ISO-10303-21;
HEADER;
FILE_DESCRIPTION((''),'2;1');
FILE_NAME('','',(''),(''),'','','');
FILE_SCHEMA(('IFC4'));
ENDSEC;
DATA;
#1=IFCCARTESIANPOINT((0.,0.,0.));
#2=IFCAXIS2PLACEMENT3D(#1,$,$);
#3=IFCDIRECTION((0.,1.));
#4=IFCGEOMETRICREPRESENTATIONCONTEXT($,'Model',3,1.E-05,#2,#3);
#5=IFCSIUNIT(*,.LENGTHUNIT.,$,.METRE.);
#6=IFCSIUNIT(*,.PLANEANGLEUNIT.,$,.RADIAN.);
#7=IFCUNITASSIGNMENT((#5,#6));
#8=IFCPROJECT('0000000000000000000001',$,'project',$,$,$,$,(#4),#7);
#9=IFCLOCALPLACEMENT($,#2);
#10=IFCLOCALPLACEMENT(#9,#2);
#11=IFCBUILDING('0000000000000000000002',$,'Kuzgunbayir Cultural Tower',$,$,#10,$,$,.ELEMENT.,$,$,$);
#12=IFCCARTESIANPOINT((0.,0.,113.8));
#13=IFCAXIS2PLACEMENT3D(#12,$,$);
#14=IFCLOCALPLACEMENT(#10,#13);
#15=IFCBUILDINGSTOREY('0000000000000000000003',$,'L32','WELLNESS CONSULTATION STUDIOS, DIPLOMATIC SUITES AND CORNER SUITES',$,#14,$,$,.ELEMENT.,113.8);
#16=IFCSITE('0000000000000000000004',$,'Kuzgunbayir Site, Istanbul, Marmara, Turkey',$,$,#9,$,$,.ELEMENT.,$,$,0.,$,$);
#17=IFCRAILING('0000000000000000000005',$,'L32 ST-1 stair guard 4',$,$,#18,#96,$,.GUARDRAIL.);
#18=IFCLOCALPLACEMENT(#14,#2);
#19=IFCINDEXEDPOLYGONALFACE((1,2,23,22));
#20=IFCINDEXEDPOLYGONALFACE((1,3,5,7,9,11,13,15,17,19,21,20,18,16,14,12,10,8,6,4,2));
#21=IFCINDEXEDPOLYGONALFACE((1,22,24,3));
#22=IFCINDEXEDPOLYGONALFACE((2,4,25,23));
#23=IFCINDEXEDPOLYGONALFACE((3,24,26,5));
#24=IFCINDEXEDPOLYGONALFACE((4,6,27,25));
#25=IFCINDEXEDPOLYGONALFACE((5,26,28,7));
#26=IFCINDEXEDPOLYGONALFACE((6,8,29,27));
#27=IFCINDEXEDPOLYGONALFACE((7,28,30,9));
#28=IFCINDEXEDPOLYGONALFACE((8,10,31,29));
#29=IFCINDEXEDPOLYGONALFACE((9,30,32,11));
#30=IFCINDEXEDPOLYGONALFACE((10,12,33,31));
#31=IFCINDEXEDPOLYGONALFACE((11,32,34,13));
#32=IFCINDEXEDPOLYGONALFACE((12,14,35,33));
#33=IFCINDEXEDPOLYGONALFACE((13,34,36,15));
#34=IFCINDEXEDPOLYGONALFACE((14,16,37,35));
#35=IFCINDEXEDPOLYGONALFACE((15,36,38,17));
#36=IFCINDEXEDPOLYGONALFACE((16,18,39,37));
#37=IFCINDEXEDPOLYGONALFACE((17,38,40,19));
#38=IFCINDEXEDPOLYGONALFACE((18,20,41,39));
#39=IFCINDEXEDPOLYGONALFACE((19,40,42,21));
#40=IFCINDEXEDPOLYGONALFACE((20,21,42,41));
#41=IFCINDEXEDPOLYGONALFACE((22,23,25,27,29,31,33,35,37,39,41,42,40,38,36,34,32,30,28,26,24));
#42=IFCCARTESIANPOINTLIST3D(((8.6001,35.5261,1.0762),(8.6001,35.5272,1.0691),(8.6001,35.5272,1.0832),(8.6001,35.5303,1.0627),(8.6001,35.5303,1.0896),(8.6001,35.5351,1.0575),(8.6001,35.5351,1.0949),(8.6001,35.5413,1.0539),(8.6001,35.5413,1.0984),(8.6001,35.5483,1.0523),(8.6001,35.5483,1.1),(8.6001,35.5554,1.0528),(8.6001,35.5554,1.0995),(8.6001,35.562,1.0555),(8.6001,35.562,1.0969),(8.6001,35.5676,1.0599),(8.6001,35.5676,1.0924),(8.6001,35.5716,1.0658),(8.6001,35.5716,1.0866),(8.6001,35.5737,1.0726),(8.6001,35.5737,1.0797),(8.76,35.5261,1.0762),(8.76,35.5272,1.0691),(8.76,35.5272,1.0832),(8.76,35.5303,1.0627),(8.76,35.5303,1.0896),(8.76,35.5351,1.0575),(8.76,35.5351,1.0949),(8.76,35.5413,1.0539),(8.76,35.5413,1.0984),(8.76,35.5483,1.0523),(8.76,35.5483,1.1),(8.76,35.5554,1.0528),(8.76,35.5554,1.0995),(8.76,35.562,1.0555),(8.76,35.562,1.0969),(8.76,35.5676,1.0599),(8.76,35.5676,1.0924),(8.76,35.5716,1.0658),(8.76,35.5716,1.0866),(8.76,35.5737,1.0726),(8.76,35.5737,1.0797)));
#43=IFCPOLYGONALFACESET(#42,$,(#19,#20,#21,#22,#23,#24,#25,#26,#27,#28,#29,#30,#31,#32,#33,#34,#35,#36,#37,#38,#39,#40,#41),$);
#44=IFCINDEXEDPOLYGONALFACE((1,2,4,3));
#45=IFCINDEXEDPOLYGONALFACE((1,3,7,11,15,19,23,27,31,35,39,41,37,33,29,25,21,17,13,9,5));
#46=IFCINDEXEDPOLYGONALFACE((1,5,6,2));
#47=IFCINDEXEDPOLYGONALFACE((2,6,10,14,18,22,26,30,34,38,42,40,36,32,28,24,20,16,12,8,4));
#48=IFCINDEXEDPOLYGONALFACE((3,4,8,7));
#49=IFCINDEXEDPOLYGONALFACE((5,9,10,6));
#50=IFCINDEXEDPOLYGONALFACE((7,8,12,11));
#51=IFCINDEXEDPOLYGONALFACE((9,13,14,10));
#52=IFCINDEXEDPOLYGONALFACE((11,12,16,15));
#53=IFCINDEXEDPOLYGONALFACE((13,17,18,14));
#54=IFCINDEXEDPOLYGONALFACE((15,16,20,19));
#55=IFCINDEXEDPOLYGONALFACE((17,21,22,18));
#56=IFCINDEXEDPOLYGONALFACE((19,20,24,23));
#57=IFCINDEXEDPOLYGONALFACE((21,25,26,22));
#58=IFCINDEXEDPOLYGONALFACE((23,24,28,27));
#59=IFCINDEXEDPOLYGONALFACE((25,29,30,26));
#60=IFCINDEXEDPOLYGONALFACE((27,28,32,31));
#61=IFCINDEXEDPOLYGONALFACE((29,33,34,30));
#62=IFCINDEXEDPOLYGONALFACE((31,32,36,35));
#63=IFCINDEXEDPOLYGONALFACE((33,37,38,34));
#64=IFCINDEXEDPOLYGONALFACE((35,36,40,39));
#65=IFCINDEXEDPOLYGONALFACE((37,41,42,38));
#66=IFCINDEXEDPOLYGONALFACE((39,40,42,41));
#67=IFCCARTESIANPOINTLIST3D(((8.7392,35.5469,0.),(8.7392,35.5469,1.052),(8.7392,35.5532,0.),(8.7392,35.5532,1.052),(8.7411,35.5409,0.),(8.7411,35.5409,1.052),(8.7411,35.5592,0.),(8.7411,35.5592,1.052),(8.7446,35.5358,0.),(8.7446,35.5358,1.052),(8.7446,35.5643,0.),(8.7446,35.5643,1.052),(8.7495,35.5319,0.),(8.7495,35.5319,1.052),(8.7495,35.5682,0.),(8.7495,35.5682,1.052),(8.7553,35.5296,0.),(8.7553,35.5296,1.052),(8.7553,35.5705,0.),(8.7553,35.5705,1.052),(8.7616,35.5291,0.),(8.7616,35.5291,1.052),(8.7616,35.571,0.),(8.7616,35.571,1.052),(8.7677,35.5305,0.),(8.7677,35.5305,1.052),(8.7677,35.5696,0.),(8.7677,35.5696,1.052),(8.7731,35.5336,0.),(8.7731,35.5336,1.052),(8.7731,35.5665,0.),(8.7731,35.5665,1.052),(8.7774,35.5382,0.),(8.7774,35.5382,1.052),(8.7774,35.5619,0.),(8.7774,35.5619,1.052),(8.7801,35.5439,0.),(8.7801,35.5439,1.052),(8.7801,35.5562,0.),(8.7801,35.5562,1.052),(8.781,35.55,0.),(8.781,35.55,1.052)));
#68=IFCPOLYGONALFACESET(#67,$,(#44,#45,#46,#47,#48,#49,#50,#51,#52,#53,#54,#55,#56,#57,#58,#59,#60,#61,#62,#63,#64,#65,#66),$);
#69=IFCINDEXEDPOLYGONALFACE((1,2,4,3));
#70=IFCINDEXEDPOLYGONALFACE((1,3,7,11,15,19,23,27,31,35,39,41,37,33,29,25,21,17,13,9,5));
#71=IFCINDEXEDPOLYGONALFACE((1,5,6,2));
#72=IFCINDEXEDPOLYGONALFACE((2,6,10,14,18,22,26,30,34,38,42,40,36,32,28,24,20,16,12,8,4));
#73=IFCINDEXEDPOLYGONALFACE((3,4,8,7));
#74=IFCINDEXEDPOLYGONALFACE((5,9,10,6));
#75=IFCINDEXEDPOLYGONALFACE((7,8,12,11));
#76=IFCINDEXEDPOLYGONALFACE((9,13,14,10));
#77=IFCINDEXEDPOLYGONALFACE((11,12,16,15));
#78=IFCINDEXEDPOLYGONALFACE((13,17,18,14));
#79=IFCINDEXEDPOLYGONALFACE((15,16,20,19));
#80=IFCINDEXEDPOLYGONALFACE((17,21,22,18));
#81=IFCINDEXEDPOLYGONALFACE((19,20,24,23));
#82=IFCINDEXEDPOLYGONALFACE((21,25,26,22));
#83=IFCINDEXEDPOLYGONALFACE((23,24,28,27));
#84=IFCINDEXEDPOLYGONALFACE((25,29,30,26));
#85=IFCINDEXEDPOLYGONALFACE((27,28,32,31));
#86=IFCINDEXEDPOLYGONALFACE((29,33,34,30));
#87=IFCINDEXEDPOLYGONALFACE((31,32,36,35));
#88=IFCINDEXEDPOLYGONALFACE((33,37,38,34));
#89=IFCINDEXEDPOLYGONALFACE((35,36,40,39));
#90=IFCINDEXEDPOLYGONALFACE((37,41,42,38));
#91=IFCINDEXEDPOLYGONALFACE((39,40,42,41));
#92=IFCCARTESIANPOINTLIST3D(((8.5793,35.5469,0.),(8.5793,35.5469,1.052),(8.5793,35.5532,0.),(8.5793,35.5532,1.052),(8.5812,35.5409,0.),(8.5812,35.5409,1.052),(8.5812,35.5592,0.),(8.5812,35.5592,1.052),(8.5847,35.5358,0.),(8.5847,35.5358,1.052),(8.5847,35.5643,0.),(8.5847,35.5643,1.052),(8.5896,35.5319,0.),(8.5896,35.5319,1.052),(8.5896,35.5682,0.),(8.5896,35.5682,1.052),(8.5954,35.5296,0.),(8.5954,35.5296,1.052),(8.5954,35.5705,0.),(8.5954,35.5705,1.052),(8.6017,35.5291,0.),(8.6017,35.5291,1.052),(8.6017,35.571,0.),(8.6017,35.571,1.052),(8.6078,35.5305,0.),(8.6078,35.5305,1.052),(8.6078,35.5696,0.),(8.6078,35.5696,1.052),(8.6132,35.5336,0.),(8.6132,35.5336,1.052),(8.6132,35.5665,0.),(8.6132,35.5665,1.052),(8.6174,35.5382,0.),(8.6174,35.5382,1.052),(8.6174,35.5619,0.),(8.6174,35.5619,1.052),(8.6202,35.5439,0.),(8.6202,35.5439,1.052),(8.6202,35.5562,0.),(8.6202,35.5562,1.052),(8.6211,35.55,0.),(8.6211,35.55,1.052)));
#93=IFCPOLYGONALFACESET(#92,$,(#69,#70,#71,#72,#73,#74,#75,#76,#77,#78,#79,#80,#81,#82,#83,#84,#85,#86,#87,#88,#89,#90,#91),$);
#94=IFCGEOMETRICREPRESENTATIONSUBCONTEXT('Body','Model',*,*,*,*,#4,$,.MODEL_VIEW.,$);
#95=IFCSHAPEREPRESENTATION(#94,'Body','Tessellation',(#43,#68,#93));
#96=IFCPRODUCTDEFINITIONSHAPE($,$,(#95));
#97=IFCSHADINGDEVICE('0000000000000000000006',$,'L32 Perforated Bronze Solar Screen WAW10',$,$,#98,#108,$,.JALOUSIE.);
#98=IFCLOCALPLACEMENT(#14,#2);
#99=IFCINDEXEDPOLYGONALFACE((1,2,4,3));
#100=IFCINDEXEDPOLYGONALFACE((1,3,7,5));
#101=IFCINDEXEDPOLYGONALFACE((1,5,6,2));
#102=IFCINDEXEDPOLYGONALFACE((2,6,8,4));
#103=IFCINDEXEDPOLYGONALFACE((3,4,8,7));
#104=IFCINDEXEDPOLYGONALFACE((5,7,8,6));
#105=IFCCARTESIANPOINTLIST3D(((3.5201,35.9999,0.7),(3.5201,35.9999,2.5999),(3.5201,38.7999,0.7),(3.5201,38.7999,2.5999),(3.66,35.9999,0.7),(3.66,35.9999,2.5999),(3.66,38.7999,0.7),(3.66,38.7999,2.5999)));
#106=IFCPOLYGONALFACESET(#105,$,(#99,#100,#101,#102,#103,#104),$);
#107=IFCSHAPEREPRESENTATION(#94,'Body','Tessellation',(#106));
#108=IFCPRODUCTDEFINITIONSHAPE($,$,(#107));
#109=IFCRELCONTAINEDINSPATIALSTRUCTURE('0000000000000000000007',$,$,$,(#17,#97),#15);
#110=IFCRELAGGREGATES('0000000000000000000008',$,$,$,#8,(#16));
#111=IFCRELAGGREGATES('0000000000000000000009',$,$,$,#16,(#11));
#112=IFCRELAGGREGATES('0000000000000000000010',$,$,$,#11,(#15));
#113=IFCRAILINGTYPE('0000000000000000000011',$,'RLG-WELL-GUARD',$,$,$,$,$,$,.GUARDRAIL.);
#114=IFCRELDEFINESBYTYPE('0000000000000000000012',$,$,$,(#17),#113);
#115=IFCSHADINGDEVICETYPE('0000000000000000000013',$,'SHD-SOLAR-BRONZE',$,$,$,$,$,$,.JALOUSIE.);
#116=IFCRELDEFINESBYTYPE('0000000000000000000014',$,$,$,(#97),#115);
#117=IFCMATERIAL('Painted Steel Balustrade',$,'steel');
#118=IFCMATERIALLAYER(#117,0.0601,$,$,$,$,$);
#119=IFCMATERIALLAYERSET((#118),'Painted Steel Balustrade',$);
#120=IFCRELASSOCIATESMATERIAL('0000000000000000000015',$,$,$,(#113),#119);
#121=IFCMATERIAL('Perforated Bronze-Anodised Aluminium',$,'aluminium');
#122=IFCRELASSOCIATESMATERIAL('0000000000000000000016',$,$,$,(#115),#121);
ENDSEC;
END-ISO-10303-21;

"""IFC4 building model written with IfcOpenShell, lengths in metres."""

from ifc_helpers import new_model, si_unit, direction, frame, origin, origin_2d, place, context, subcontext, project, spatial, rectangle, circle, extrude, material, layer, layer_set, type_object, element, save


model = new_model("IFC4")

# Units and contexts
model_context = context("Model", 3, precision=1e-05, world=origin(), true_north=direction((0.0, 1.0)))
body_context = subcontext(model_context, "Body", "Model", "MODEL_VIEW")
ifc_project = project(units=[si_unit("LENGTHUNIT", "METRE"), si_unit("PLANEANGLEUNIT", "RADIAN")], contexts=[model_context])

# Site, building, storey
site_placement = place(None, origin())
site = spatial("IfcSite", under=ifc_project, at=site_placement, Name="Kuzgunbayir Site, Istanbul, Marmara, Turkey", CompositionType="ELEMENT", RefElevation=0.0)
building_placement = place(site_placement, origin())
building = spatial("IfcBuilding", under=site, at=building_placement, Name="Kuzgunbayir Cultural Tower", CompositionType="ELEMENT")
storey_placement = place(building_placement, frame((0.0, 0.0, 113.8)))
storey = spatial("IfcBuildingStorey", under=building, at=storey_placement, Name="L32", Description="WELLNESS CONSULTATION STUDIOS, DIPLOMATIC SUITES AND CORNER SUITES", CompositionType="ELEMENT", Elevation=113.8)

# Railing
ifc_material_1 = material(Name="Painted Steel Balustrade", Category="steel")
ifc_layer_1 = layer(ifc_material_1, 0.0601)
ifc_layer_set_1 = layer_set([ifc_layer_1], Name="Painted Steel Balustrade")
railing_type_1 = type_object("IfcRailingType", Name="RLG-WELL-GUARD", PredefinedType="GUARDRAIL", material=ifc_layer_set_1)
railing_1_placement = place(storey_placement, frame((8.76, 35.55, 0.0)))
element("IfcRailing", 1, at=railing_1_placement, inside=storey, type_object=railing_type_1, Name="L32 ST-1 stair guard 4", PredefinedType="GUARDRAIL", context=body_context, shape_type="SweptSolid", body=[
    extrude(circle(Radius=0.0239, at=origin_2d()), frame((0.0, 0.0, 1.0762), z_axis=(-1.0, 0.0, 0.0), x_axis=(0.0, -1.0, 0.0)), (0.0, 0.0, 1.0), 0.1599),
    extrude(circle(Radius=0.021, at=origin_2d()), origin(), (0.0, 0.0, 1.0), 1.052),
    extrude(circle(Radius=0.021, at=origin_2d()), frame((-0.1599, 0.0, 0.0)), (0.0, 0.0, 1.0), 1.052),
])

# Shading device
ifc_material_2 = material(Name="Perforated Bronze-Anodised Aluminium", Category="aluminium")
shading_device_type = type_object("IfcShadingDeviceType", Name="SHD-SOLAR-BRONZE", PredefinedType="JALOUSIE", material=ifc_material_2)
shading_device_placement = place(storey_placement, frame((3.5901, 37.3999, 0.7), z_axis=(0.0, 0.0, 1.0), x_axis=(1.0, 0.0, 0.0)))
element("IfcShadingDevice", 2, at=shading_device_placement, inside=storey, type_object=shading_device_type, Name="L32 Perforated Bronze Solar Screen WAW10", PredefinedType="JALOUSIE", context=body_context, shape_type="SweptSolid", body=[
    extrude(rectangle(XDim=0.1399, YDim=2.8, at=origin_2d()), origin(), (0.0, 0.0, 1.0), 1.8999),
])

save(model, "model.ifc")
